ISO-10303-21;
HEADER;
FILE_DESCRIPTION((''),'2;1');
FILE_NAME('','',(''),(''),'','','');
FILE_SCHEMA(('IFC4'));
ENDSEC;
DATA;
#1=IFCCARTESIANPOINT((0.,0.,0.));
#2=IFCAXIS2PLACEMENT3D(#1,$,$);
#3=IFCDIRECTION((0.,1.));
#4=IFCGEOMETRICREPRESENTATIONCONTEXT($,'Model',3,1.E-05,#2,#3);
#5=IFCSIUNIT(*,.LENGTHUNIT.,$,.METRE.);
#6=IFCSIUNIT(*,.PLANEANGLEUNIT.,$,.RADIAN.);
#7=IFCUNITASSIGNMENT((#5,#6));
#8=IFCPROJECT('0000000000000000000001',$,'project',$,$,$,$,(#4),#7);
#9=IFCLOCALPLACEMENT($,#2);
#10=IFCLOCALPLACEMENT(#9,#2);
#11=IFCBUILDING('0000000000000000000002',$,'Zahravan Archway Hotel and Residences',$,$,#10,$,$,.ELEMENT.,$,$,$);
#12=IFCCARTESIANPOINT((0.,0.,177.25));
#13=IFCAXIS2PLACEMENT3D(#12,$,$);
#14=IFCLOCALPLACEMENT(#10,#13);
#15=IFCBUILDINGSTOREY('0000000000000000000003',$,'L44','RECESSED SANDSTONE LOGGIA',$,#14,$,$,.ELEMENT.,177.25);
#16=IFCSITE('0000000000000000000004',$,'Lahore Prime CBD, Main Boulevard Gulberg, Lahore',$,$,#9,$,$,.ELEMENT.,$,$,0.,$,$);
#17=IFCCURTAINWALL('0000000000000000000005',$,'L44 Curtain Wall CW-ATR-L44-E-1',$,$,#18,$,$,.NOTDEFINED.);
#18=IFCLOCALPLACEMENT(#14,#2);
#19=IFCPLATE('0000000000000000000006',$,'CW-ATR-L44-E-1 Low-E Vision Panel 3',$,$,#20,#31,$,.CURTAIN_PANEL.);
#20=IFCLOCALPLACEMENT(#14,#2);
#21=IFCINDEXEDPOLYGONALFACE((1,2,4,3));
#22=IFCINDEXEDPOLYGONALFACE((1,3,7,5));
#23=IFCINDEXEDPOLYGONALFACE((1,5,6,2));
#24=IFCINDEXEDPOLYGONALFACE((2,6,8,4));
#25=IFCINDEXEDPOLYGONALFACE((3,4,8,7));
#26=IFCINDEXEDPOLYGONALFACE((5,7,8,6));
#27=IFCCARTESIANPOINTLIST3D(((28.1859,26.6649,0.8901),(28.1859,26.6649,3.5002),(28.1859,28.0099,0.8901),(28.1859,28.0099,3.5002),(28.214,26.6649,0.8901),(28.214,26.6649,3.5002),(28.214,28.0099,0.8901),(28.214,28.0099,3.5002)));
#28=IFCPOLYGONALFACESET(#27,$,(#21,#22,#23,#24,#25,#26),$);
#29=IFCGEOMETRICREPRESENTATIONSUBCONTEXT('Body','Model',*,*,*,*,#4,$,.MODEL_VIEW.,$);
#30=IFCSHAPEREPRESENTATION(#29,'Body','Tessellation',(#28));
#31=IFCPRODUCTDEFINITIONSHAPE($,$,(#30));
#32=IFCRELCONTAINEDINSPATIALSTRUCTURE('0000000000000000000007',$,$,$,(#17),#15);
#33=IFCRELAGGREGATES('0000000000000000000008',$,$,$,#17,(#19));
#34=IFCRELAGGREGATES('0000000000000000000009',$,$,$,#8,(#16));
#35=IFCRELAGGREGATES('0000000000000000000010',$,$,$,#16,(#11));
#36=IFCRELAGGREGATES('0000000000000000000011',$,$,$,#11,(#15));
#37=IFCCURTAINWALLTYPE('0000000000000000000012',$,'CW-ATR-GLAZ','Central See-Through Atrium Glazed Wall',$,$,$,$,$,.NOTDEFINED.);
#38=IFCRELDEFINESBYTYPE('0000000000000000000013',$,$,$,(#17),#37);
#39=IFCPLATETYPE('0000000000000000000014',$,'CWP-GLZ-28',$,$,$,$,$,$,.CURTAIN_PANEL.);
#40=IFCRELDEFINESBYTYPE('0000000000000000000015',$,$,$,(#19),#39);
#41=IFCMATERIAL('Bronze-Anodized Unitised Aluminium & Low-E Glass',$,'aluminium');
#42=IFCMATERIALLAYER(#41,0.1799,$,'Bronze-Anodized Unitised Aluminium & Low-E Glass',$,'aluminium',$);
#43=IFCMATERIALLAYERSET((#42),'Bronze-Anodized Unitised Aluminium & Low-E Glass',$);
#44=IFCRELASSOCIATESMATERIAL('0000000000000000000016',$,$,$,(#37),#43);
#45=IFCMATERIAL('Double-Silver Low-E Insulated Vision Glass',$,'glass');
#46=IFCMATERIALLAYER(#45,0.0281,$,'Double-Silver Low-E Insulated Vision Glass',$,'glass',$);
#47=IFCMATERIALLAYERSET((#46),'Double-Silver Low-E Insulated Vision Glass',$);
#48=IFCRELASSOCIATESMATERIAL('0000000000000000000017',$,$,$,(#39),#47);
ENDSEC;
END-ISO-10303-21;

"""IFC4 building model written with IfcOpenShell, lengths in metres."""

from ifc_helpers import new_model, si_unit, direction, frame, origin, origin_2d, place, context, subcontext, project, spatial, rectangle, extrude, source, transform, mapped, material, layer, layer_set, type_object, element, aggregate, save


model = new_model("IFC4")

# Units and contexts
model_context = context("Model", 3, precision=1e-05, world=origin(), true_north=direction((0.0, 1.0)))
body_context = subcontext(model_context, "Body", "Model", "MODEL_VIEW")
ifc_project = project(units=[si_unit("LENGTHUNIT", "METRE"), si_unit("PLANEANGLEUNIT", "RADIAN")], contexts=[model_context])

# Site, building, storey
site_placement = place(None, origin())
site = spatial("IfcSite", under=ifc_project, at=site_placement, Name="Lahore Prime CBD, Main Boulevard Gulberg, Lahore", CompositionType="ELEMENT", RefElevation=0.0)
building_placement = place(site_placement, origin())
building = spatial("IfcBuilding", under=site, at=building_placement, Name="Zahravan Archway Hotel and Residences", CompositionType="ELEMENT")
storey_placement = place(building_placement, frame((0.0, 0.0, 177.25)))
storey = spatial("IfcBuildingStorey", under=building, at=storey_placement, Name="L44", Description="RECESSED SANDSTONE LOGGIA", CompositionType="ELEMENT", Elevation=177.25)

# Curtain wall
ifc_material_1 = material(Name="Bronze-Anodized Unitised Aluminium & Low-E Glass", Category="aluminium")
ifc_layer_1 = layer(ifc_material_1, 0.1799, Name="Bronze-Anodized Unitised Aluminium & Low-E Glass", Category="aluminium")
ifc_layer_set_1 = layer_set([ifc_layer_1], Name="Bronze-Anodized Unitised Aluminium & Low-E Glass")
curtain_wall_type = type_object("IfcCurtainWallType", Name="CW-ATR-GLAZ", Description="Central See-Through Atrium Glazed Wall", PredefinedType="NOTDEFINED", material=ifc_layer_set_1)
curtain_wall_1_placement = place(storey_placement, origin())
curtain_wall_1 = element("IfcCurtainWall", 1, at=curtain_wall_1_placement, inside=storey, type_object=curtain_wall_type, Name="L44 Curtain Wall CW-ATR-L44-E-1", PredefinedType="NOTDEFINED")

# Plate
ifc_material_2 = material(Name="Double-Silver Low-E Insulated Vision Glass", Category="glass")
ifc_layer_2 = layer(ifc_material_2, 0.0281, Name="Double-Silver Low-E Insulated Vision Glass", Category="glass")
ifc_layer_set_2 = layer_set([ifc_layer_2], Name="Double-Silver Low-E Insulated Vision Glass")
plate_type_1 = type_object("IfcPlateType", Name="CWP-GLZ-28", PredefinedType="CURTAIN_PANEL", material=ifc_layer_set_2)
shared_shape_1 = source(origin(), body_context, "Body", "SweptSolid", [
    extrude(rectangle(XDim=1.345, YDim=0.0281, at=origin_2d()), origin(), (0.0, 0.0, 1.0), 2.6101),
])
plate_1_placement = place(storey_placement, frame((28.2, 27.3374, 0.8901), z_axis=(0.0, 0.0, 1.0), x_axis=(0.0, 1.0, 0.0)))
plate_1 = element("IfcPlate", 2, at=plate_1_placement, type_object=plate_type_1, Name="CW-ATR-L44-E-1 Low-E Vision Panel 3", PredefinedType="CURTAIN_PANEL", context=body_context, shape_type="MappedRepresentation", body=[
    mapped(shared_shape_1, transform((0.0, 0.0, 0.0), scale=1.0)),
])
aggregate(curtain_wall_1, [plate_1])

save(model, "model.ifc")
